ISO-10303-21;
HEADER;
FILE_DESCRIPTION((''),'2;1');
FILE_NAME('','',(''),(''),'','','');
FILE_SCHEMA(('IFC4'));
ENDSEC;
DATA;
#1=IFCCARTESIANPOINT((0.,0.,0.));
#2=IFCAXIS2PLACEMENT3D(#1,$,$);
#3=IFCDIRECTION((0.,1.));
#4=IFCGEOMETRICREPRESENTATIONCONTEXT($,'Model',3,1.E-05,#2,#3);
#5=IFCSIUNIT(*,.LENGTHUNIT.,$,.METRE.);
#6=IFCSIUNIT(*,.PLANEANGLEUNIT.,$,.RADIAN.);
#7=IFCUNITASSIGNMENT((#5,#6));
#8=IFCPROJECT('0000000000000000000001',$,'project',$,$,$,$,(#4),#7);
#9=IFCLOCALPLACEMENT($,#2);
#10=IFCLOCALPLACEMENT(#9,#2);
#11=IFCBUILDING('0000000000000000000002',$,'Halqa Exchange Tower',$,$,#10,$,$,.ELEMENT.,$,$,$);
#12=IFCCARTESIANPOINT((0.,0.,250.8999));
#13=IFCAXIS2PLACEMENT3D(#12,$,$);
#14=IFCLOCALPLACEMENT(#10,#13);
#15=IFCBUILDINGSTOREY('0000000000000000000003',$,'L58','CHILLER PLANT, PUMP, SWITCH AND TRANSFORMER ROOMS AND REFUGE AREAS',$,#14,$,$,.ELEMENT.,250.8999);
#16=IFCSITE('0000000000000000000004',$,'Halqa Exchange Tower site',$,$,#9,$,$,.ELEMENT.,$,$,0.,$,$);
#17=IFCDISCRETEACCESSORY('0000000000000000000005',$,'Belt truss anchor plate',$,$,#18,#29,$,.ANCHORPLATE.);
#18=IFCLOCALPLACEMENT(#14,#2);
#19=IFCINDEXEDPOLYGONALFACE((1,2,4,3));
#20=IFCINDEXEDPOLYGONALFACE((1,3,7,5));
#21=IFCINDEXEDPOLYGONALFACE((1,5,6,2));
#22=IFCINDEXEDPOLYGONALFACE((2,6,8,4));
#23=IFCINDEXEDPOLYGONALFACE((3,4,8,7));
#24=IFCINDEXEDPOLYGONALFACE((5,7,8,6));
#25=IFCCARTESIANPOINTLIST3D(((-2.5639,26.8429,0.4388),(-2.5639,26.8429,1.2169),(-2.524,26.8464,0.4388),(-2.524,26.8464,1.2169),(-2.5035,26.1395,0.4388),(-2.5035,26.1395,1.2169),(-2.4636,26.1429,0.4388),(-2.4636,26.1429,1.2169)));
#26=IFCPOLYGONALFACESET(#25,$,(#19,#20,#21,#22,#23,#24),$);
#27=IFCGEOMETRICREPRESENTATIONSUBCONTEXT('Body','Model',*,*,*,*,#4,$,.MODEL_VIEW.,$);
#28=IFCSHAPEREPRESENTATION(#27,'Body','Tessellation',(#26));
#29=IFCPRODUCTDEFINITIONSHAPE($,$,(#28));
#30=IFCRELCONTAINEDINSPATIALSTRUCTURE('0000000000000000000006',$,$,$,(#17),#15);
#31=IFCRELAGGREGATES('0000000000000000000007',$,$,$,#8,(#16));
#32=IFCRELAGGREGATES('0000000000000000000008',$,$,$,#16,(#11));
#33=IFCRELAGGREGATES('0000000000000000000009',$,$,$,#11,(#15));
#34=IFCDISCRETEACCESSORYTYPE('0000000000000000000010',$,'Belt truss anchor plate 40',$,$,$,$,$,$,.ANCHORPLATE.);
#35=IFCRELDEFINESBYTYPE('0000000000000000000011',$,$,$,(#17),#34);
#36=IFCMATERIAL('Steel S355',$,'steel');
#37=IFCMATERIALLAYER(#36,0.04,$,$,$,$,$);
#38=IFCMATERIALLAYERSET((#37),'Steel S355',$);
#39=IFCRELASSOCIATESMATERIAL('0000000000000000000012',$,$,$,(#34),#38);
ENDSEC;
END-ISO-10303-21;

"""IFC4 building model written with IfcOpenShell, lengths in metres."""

from ifc_helpers import new_model, si_unit, direction, frame, origin, origin_2d, place, context, subcontext, project, spatial, rectangle, extrude, material, layer, layer_set, type_object, element, save


model = new_model("IFC4")

# Units and contexts
model_context = context("Model", 3, precision=1e-05, world=origin(), true_north=direction((0.0, 1.0)))
body_context = subcontext(model_context, "Body", "Model", "MODEL_VIEW")
ifc_project = project(units=[si_unit("LENGTHUNIT", "METRE"), si_unit("PLANEANGLEUNIT", "RADIAN")], contexts=[model_context])

# Site, building, storey
site_placement = place(None, origin())
site = spatial("IfcSite", under=ifc_project, at=site_placement, Name="Halqa Exchange Tower site", CompositionType="ELEMENT", RefElevation=0.0)
building_placement = place(site_placement, origin())
building = spatial("IfcBuilding", under=site, at=building_placement, Name="Halqa Exchange Tower", CompositionType="ELEMENT")
storey_placement = place(building_placement, frame((0.0, 0.0, 250.8999)))
storey = spatial("IfcBuildingStorey", under=building, at=storey_placement, Name="L58", Description="CHILLER PLANT, PUMP, SWITCH AND TRANSFORMER ROOMS AND REFUGE AREAS", CompositionType="ELEMENT", Elevation=250.8999)

# Shared definitions
ifc_material_1 = material(Name="Steel S355", Category="steel")

# Discrete accessory
ifc_layer_1 = layer(ifc_material_1, 0.04)
ifc_layer_set_1 = layer_set([ifc_layer_1], Name="Steel S355")
discrete_accessory_type = type_object("IfcDiscreteAccessoryType", Name="Belt truss anchor plate 40", PredefinedType="ANCHORPLATE", material=ifc_layer_set_1)
discrete_accessory_1_placement = place(storey_placement, frame((-2.5337, 26.4912, 0.8279), z_axis=(0.996332, 0.085575, 0.0), x_axis=(-0.085575, 0.996332, 0.0)))
element("IfcDiscreteAccessory", 1, at=discrete_accessory_1_placement, inside=storey, type_object=discrete_accessory_type, Name="Belt truss anchor plate", PredefinedType="ANCHORPLATE", context=body_context, shape_type="SweptSolid", body=[
    extrude(rectangle(XDim=0.7061, YDim=0.7781, at=origin_2d()), origin(), (0.0, 0.0, 1.0), 0.04),
])

save(model, "model.ifc")
